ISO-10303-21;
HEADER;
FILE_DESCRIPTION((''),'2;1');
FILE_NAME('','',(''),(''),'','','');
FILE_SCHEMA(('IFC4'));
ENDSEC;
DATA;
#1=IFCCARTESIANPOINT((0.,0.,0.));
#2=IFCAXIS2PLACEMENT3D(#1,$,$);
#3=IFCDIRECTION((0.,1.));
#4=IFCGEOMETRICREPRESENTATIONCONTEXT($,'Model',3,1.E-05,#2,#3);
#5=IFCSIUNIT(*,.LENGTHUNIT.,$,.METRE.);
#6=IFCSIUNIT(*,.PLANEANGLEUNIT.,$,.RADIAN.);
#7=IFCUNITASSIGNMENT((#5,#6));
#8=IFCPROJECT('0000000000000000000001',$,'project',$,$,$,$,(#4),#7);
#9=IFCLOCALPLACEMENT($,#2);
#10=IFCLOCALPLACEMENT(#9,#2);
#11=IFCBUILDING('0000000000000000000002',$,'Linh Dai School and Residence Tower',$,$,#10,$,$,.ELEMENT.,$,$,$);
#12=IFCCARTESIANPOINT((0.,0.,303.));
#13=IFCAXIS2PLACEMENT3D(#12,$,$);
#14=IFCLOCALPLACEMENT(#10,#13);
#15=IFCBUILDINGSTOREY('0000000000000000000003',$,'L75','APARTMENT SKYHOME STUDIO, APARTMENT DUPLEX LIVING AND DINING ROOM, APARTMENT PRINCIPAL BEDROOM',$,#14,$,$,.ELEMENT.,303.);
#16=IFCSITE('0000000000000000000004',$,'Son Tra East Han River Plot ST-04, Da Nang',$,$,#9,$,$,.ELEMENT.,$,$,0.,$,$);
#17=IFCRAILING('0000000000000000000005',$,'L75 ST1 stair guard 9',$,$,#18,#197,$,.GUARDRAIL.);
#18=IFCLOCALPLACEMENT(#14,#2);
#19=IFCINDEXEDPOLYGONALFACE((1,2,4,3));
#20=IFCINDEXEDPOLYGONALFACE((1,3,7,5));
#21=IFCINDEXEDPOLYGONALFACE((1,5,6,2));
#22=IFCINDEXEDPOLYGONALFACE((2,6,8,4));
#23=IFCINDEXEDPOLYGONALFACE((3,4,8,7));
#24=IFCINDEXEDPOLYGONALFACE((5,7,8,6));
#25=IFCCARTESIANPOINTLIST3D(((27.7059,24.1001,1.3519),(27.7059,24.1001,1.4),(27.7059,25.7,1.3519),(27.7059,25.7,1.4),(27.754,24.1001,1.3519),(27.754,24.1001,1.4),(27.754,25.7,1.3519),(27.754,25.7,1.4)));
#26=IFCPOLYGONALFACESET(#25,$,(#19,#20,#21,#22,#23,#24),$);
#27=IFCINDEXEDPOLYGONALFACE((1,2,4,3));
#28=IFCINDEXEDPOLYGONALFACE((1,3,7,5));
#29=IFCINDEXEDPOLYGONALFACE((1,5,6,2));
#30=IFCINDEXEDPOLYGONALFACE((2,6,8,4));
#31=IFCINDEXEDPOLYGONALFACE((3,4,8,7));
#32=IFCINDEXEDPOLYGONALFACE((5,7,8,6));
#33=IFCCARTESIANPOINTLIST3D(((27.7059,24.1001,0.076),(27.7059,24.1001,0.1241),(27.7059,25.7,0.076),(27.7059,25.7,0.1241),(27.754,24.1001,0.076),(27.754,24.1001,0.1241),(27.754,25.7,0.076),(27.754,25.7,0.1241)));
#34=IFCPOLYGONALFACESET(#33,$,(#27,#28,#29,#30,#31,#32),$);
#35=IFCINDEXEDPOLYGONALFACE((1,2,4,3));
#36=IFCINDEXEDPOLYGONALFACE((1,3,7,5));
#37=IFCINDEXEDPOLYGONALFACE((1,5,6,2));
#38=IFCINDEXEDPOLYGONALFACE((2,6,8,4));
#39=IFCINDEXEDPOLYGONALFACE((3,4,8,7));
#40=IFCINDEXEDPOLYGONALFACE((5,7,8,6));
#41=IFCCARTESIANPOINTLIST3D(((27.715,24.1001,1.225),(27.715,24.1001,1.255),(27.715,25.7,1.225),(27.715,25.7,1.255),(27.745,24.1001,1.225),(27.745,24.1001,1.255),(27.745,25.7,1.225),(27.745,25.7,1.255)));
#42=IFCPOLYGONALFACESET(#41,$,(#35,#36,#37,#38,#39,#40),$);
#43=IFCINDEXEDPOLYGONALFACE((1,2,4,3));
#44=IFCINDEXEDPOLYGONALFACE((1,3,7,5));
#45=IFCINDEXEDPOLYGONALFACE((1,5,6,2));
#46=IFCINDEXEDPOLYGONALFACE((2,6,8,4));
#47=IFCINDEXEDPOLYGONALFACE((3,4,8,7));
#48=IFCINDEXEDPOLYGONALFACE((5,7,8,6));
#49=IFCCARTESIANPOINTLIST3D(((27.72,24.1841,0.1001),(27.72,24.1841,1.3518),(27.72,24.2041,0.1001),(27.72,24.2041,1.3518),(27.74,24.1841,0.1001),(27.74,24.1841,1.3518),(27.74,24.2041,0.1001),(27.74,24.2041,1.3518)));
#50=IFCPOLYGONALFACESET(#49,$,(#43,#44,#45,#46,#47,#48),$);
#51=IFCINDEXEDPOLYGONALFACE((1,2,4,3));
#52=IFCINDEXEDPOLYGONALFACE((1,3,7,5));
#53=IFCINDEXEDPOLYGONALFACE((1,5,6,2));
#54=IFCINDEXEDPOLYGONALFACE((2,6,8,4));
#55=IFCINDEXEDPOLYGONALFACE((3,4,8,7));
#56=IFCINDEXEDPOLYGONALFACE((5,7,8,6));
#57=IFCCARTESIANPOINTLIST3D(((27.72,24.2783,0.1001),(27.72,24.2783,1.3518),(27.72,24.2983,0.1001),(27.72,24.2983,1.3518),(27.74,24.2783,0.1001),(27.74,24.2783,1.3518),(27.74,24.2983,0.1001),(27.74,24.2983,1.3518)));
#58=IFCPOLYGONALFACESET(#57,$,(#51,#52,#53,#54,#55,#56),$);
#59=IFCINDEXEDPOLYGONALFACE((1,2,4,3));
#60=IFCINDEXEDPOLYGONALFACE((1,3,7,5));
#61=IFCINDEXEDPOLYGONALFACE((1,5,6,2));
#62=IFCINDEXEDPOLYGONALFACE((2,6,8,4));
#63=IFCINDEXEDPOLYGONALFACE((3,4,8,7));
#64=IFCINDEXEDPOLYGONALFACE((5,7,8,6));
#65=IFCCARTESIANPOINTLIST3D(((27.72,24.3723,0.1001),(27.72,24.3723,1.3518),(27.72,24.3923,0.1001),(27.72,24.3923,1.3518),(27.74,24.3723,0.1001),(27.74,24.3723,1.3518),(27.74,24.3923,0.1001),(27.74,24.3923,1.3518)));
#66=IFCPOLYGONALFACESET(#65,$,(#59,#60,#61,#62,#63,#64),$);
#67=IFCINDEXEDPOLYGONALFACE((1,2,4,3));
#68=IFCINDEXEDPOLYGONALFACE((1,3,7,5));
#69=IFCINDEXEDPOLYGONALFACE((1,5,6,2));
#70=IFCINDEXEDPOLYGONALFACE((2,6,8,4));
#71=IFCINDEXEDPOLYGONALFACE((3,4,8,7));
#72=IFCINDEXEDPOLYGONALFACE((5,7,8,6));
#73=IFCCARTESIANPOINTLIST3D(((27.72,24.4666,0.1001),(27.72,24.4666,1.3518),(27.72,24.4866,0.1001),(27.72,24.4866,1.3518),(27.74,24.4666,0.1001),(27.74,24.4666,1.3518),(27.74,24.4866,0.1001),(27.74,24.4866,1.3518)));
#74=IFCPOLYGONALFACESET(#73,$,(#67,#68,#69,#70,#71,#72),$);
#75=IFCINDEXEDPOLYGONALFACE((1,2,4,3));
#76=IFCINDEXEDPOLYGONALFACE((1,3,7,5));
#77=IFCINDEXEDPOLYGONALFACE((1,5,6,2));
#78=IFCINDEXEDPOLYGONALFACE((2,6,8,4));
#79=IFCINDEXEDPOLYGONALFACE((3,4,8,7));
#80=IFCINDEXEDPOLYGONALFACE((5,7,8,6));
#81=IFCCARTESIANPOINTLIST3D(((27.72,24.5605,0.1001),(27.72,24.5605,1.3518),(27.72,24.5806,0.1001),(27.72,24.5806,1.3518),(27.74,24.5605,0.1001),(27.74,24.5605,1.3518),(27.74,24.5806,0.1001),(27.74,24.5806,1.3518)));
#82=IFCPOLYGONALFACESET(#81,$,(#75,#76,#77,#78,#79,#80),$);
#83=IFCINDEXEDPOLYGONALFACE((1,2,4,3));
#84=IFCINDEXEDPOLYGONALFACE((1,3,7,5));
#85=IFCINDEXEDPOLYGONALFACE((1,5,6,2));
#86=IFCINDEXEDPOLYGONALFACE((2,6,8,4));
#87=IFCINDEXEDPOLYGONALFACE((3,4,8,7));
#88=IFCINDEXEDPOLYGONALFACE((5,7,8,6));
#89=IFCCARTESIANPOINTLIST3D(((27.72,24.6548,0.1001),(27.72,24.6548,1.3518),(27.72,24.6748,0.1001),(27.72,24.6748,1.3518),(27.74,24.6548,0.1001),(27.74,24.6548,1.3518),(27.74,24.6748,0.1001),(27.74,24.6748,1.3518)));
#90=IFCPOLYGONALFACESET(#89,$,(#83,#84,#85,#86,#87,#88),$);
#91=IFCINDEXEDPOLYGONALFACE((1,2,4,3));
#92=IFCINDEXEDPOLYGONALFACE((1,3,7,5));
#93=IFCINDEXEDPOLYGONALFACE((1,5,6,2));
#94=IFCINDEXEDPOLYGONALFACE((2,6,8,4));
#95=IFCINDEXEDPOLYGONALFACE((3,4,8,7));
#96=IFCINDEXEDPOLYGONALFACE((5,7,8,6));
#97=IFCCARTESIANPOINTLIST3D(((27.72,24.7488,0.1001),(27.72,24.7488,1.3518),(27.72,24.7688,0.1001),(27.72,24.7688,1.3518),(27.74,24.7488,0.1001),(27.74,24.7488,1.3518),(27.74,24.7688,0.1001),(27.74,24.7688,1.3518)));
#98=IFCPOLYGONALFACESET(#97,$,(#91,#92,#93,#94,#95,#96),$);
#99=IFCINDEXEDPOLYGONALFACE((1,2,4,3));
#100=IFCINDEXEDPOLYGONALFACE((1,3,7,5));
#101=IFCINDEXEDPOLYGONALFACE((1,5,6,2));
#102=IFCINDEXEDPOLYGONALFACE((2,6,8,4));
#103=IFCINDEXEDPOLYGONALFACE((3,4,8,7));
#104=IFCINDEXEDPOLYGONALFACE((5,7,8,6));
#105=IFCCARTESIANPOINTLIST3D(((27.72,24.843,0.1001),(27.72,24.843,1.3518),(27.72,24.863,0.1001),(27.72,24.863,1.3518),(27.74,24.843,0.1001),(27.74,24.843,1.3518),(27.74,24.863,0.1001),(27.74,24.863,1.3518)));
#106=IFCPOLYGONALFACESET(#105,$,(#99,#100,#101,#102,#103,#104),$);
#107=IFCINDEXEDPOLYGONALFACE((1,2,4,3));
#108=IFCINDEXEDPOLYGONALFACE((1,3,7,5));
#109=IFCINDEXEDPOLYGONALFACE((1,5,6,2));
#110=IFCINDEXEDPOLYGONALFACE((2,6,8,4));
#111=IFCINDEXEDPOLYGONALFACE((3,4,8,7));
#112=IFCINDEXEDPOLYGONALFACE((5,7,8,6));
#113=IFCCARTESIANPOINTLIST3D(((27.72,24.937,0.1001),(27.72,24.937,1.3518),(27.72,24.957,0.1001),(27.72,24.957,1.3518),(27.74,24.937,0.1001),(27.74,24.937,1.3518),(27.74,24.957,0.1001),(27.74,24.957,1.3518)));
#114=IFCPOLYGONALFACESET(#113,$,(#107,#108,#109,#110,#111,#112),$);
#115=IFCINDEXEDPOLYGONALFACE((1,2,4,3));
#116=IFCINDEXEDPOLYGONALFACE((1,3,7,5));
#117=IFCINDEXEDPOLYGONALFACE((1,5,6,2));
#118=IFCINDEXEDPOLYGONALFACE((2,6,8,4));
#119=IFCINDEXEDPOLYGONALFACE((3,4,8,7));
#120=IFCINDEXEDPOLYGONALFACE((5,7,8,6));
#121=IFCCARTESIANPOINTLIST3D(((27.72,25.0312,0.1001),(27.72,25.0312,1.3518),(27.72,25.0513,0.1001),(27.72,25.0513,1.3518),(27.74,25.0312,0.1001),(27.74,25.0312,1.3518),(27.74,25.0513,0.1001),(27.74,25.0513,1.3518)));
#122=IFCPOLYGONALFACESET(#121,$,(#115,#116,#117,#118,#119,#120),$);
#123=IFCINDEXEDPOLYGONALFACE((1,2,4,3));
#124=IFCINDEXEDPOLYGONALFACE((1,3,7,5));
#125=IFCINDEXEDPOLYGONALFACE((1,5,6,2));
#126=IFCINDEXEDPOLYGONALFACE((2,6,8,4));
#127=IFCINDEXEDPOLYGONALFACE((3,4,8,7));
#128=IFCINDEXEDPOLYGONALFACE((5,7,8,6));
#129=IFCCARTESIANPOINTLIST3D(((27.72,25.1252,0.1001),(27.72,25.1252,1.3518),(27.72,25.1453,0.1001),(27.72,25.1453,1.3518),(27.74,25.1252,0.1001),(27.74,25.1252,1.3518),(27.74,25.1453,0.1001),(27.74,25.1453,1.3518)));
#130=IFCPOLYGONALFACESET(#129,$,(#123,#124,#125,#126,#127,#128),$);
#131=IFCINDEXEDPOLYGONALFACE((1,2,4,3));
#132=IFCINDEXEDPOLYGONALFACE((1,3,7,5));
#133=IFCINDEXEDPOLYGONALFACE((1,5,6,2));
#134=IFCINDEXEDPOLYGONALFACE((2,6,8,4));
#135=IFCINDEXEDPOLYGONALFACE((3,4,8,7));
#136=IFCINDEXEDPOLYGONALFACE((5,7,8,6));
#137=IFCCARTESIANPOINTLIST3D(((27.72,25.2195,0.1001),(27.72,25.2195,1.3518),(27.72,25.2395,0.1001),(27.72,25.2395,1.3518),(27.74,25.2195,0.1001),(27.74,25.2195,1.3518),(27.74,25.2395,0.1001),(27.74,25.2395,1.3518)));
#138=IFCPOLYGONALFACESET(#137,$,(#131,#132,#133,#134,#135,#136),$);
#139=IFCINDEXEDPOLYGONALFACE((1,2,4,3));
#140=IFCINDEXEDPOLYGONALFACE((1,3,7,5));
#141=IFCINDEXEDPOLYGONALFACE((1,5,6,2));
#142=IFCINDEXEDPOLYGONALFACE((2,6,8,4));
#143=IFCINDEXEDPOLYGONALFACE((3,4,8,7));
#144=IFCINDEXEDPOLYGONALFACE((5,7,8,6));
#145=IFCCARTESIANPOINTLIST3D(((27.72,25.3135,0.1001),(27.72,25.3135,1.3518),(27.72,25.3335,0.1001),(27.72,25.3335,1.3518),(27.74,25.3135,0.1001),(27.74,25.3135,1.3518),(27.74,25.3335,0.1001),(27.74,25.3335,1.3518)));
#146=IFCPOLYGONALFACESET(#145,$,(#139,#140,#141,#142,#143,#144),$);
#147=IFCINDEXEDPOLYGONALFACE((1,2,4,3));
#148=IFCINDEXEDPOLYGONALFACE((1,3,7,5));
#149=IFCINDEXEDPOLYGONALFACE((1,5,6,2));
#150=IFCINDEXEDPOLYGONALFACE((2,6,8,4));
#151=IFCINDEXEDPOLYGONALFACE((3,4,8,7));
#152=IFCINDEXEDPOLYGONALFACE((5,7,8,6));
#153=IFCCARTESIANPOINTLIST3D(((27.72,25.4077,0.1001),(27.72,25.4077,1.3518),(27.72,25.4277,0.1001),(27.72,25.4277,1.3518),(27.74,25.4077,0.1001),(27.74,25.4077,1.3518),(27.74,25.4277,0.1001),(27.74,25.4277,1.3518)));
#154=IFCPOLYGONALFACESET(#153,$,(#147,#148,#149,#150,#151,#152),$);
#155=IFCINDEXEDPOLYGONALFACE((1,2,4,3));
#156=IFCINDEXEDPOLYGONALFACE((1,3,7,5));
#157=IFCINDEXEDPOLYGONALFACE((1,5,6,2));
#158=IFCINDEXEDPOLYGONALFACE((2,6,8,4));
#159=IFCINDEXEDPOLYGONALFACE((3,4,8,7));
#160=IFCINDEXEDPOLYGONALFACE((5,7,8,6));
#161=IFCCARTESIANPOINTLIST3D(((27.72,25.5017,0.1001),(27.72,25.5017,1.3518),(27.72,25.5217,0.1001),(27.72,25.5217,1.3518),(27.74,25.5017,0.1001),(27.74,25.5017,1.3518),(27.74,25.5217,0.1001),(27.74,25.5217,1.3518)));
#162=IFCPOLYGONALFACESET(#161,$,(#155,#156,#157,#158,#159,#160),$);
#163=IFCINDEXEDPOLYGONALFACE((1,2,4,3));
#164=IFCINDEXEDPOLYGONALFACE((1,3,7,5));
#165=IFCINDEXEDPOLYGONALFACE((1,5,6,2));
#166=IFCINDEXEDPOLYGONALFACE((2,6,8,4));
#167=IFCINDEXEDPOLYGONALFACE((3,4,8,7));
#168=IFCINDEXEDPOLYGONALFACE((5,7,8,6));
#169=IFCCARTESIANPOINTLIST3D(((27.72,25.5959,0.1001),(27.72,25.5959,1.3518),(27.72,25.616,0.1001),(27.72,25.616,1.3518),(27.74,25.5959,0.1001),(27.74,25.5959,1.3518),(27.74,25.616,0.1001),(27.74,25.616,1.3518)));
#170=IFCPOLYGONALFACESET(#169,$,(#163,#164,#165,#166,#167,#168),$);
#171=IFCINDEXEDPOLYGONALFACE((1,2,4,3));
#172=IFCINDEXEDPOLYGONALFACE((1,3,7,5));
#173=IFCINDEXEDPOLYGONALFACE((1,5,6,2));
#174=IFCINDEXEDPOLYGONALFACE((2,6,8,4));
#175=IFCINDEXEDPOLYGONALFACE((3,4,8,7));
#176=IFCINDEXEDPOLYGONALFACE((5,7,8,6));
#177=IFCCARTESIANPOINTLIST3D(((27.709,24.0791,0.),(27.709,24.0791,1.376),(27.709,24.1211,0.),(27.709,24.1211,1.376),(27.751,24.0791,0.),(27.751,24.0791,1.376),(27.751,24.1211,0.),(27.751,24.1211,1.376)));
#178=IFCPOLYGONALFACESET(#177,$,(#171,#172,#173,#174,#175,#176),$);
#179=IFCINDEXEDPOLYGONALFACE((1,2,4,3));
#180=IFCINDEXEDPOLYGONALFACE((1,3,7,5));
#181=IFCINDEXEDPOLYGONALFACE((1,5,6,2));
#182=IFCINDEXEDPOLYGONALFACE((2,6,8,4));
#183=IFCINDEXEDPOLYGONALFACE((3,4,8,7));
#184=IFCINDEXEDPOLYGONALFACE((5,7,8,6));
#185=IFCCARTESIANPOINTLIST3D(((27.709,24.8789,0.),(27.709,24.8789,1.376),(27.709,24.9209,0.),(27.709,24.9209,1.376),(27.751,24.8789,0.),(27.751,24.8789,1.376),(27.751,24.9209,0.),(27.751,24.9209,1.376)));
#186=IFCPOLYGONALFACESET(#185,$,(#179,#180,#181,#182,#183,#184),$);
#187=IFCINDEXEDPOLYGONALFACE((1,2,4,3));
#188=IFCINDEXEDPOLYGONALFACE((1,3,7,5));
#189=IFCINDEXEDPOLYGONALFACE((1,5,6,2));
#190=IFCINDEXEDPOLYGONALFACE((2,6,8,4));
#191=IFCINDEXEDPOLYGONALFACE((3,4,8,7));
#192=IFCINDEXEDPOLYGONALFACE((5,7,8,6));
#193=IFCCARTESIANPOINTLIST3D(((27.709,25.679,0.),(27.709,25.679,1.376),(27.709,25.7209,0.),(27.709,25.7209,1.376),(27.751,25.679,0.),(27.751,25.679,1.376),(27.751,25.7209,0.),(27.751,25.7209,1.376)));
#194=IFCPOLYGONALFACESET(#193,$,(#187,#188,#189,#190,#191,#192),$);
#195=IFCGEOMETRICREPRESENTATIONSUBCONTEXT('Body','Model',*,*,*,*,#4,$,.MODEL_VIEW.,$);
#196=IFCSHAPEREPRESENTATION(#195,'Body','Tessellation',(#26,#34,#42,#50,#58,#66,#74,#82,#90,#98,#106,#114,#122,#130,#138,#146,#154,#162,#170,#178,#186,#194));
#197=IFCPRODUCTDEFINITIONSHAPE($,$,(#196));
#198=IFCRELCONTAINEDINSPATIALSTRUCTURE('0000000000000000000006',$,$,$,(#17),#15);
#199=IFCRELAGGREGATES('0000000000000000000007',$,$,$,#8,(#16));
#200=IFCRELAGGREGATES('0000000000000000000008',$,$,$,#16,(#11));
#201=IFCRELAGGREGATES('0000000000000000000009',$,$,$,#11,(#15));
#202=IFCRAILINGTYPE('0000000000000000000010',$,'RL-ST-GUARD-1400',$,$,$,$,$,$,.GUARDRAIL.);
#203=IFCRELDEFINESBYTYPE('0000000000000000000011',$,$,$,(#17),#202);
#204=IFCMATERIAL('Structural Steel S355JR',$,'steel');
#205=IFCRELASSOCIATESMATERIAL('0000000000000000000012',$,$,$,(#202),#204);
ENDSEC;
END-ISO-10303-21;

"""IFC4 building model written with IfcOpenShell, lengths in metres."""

from ifc_helpers import new_model, si_unit, direction, frame, origin, origin_2d, place, context, subcontext, project, spatial, rectangle, extrude, source, transform, mapped, material, type_object, element, save


model = new_model("IFC4")

# Units and contexts
model_context = context("Model", 3, precision=1e-05, world=origin(), true_north=direction((0.0, 1.0)))
body_context = subcontext(model_context, "Body", "Model", "MODEL_VIEW")
ifc_project = project(units=[si_unit("LENGTHUNIT", "METRE"), si_unit("PLANEANGLEUNIT", "RADIAN")], contexts=[model_context])

# Site, building, storey
site_placement = place(None, origin())
site = spatial("IfcSite", under=ifc_project, at=site_placement, Name="Son Tra East Han River Plot ST-04, Da Nang", CompositionType="ELEMENT", RefElevation=0.0)
building_placement = place(site_placement, origin())
building = spatial("IfcBuilding", under=site, at=building_placement, Name="Linh Dai School and Residence Tower", CompositionType="ELEMENT")
storey_placement = place(building_placement, frame((0.0, 0.0, 303.0)))
storey = spatial("IfcBuildingStorey", under=building, at=storey_placement, Name="L75", Description="APARTMENT SKYHOME STUDIO, APARTMENT DUPLEX LIVING AND DINING ROOM, APARTMENT PRINCIPAL BEDROOM", CompositionType="ELEMENT", Elevation=303.0)

# Shared definitions
ifc_material_1 = material(Name="Structural Steel S355JR", Category="steel")

# Railing
railing_type_1 = type_object("IfcRailingType", Name="RL-ST-GUARD-1400", PredefinedType="GUARDRAIL", material=ifc_material_1)
shared_shape_1 = source(origin(), body_context, "Body", "SweptSolid", [
    extrude(rectangle(XDim=0.0481, YDim=0.0481, at=origin_2d()), frame((0.0, 0.0, 1.376), z_axis=(0.0, 1.0, 0.0), x_axis=(-1.0, 0.0, 0.0)), (0.0, 0.0, 1.0), 1.5999),
    extrude(rectangle(XDim=0.0481, YDim=0.0481, at=origin_2d()), frame((0.0, 0.0, 0.1001), z_axis=(0.0, 1.0, 0.0), x_axis=(-1.0, 0.0, 0.0)), (0.0, 0.0, 1.0), 1.5999),
    extrude(rectangle(XDim=0.03, YDim=0.03, at=origin_2d()), frame((0.0, 0.0, 1.24), z_axis=(0.0, 1.0, 0.0), x_axis=(-1.0, 0.0, 0.0)), (0.0, 0.0, 1.0), 1.5999),
    extrude(rectangle(XDim=0.02, YDim=0.02, at=origin_2d()), frame((0.0, 0.094, 0.1001)), (0.0, 0.0, 1.0), 1.2517),
    extrude(rectangle(XDim=0.02, YDim=0.02, at=origin_2d()), frame((0.0, 0.1882, 0.1001)), (0.0, 0.0, 1.0), 1.2517),
    extrude(rectangle(XDim=0.02, YDim=0.02, at=origin_2d()), frame((0.0, 0.2822, 0.1001)), (0.0, 0.0, 1.0), 1.2517),
    extrude(rectangle(XDim=0.02, YDim=0.02, at=origin_2d()), frame((0.0, 0.3765, 0.1001)), (0.0, 0.0, 1.0), 1.2517),
    extrude(rectangle(XDim=0.02, YDim=0.02, at=origin_2d()), frame((0.0, 0.4705, 0.1001)), (0.0, 0.0, 1.0), 1.2517),
    extrude(rectangle(XDim=0.02, YDim=0.02, at=origin_2d()), frame((0.0, 0.5647, 0.1001)), (0.0, 0.0, 1.0), 1.2517),
    extrude(rectangle(XDim=0.02, YDim=0.02, at=origin_2d()), frame((0.0, 0.6587, 0.1001)), (0.0, 0.0, 1.0), 1.2517),
    extrude(rectangle(XDim=0.02, YDim=0.02, at=origin_2d()), frame((0.0, 0.7529, 0.1001)), (0.0, 0.0, 1.0), 1.2517),
    extrude(rectangle(XDim=0.02, YDim=0.02, at=origin_2d()), frame((0.0, 0.8469, 0.1001)), (0.0, 0.0, 1.0), 1.2517),
    extrude(rectangle(XDim=0.02, YDim=0.02, at=origin_2d()), frame((0.0, 0.9412, 0.1001)), (0.0, 0.0, 1.0), 1.2517),
    extrude(rectangle(XDim=0.02, YDim=0.02, at=origin_2d()), frame((0.0, 1.0352, 0.1001)), (0.0, 0.0, 1.0), 1.2517),
    extrude(rectangle(XDim=0.02, YDim=0.02, at=origin_2d()), frame((0.0, 1.1294, 0.1001)), (0.0, 0.0, 1.0), 1.2517),
    extrude(rectangle(XDim=0.02, YDim=0.02, at=origin_2d()), frame((0.0, 1.2234, 0.1001)), (0.0, 0.0, 1.0), 1.2517),
    extrude(rectangle(XDim=0.02, YDim=0.02, at=origin_2d()), frame((0.0, 1.3176, 0.1001)), (0.0, 0.0, 1.0), 1.2517),
    extrude(rectangle(XDim=0.02, YDim=0.02, at=origin_2d()), frame((0.0, 1.4116, 0.1001)), (0.0, 0.0, 1.0), 1.2517),
    extrude(rectangle(XDim=0.02, YDim=0.02, at=origin_2d()), frame((0.0, 1.5059, 0.1001)), (0.0, 0.0, 1.0), 1.2517),
    extrude(rectangle(XDim=0.042, YDim=0.042, at=origin_2d()), origin(), (0.0, 0.0, 1.0), 1.376),
    extrude(rectangle(XDim=0.042, YDim=0.042, at=origin_2d()), frame((0.0, 0.7998, 0.0)), (0.0, 0.0, 1.0), 1.376),
    extrude(rectangle(XDim=0.042, YDim=0.042, at=origin_2d()), frame((0.0, 1.5999, 0.0)), (0.0, 0.0, 1.0), 1.376),
])
for number, where, name in (
    (1, (27.73, 24.1001, 0.0), "L75 ST1 stair guard 9"),
):
    element("IfcRailing", number, at=place(storey_placement, frame(where)), inside=storey, type_object=railing_type_1, Name=name, PredefinedType="GUARDRAIL", context=body_context, shape_type="MappedRepresentation", body=[
        mapped(shared_shape_1, transform((0.0, 0.0, 0.0), x_axis=(1.0, 0.0, 0.0), y_axis=(0.0, 1.0, 0.0), z_axis=(0.0, 0.0, 1.0), scale=1.0)),
    ])

save(model, "model.ifc")
